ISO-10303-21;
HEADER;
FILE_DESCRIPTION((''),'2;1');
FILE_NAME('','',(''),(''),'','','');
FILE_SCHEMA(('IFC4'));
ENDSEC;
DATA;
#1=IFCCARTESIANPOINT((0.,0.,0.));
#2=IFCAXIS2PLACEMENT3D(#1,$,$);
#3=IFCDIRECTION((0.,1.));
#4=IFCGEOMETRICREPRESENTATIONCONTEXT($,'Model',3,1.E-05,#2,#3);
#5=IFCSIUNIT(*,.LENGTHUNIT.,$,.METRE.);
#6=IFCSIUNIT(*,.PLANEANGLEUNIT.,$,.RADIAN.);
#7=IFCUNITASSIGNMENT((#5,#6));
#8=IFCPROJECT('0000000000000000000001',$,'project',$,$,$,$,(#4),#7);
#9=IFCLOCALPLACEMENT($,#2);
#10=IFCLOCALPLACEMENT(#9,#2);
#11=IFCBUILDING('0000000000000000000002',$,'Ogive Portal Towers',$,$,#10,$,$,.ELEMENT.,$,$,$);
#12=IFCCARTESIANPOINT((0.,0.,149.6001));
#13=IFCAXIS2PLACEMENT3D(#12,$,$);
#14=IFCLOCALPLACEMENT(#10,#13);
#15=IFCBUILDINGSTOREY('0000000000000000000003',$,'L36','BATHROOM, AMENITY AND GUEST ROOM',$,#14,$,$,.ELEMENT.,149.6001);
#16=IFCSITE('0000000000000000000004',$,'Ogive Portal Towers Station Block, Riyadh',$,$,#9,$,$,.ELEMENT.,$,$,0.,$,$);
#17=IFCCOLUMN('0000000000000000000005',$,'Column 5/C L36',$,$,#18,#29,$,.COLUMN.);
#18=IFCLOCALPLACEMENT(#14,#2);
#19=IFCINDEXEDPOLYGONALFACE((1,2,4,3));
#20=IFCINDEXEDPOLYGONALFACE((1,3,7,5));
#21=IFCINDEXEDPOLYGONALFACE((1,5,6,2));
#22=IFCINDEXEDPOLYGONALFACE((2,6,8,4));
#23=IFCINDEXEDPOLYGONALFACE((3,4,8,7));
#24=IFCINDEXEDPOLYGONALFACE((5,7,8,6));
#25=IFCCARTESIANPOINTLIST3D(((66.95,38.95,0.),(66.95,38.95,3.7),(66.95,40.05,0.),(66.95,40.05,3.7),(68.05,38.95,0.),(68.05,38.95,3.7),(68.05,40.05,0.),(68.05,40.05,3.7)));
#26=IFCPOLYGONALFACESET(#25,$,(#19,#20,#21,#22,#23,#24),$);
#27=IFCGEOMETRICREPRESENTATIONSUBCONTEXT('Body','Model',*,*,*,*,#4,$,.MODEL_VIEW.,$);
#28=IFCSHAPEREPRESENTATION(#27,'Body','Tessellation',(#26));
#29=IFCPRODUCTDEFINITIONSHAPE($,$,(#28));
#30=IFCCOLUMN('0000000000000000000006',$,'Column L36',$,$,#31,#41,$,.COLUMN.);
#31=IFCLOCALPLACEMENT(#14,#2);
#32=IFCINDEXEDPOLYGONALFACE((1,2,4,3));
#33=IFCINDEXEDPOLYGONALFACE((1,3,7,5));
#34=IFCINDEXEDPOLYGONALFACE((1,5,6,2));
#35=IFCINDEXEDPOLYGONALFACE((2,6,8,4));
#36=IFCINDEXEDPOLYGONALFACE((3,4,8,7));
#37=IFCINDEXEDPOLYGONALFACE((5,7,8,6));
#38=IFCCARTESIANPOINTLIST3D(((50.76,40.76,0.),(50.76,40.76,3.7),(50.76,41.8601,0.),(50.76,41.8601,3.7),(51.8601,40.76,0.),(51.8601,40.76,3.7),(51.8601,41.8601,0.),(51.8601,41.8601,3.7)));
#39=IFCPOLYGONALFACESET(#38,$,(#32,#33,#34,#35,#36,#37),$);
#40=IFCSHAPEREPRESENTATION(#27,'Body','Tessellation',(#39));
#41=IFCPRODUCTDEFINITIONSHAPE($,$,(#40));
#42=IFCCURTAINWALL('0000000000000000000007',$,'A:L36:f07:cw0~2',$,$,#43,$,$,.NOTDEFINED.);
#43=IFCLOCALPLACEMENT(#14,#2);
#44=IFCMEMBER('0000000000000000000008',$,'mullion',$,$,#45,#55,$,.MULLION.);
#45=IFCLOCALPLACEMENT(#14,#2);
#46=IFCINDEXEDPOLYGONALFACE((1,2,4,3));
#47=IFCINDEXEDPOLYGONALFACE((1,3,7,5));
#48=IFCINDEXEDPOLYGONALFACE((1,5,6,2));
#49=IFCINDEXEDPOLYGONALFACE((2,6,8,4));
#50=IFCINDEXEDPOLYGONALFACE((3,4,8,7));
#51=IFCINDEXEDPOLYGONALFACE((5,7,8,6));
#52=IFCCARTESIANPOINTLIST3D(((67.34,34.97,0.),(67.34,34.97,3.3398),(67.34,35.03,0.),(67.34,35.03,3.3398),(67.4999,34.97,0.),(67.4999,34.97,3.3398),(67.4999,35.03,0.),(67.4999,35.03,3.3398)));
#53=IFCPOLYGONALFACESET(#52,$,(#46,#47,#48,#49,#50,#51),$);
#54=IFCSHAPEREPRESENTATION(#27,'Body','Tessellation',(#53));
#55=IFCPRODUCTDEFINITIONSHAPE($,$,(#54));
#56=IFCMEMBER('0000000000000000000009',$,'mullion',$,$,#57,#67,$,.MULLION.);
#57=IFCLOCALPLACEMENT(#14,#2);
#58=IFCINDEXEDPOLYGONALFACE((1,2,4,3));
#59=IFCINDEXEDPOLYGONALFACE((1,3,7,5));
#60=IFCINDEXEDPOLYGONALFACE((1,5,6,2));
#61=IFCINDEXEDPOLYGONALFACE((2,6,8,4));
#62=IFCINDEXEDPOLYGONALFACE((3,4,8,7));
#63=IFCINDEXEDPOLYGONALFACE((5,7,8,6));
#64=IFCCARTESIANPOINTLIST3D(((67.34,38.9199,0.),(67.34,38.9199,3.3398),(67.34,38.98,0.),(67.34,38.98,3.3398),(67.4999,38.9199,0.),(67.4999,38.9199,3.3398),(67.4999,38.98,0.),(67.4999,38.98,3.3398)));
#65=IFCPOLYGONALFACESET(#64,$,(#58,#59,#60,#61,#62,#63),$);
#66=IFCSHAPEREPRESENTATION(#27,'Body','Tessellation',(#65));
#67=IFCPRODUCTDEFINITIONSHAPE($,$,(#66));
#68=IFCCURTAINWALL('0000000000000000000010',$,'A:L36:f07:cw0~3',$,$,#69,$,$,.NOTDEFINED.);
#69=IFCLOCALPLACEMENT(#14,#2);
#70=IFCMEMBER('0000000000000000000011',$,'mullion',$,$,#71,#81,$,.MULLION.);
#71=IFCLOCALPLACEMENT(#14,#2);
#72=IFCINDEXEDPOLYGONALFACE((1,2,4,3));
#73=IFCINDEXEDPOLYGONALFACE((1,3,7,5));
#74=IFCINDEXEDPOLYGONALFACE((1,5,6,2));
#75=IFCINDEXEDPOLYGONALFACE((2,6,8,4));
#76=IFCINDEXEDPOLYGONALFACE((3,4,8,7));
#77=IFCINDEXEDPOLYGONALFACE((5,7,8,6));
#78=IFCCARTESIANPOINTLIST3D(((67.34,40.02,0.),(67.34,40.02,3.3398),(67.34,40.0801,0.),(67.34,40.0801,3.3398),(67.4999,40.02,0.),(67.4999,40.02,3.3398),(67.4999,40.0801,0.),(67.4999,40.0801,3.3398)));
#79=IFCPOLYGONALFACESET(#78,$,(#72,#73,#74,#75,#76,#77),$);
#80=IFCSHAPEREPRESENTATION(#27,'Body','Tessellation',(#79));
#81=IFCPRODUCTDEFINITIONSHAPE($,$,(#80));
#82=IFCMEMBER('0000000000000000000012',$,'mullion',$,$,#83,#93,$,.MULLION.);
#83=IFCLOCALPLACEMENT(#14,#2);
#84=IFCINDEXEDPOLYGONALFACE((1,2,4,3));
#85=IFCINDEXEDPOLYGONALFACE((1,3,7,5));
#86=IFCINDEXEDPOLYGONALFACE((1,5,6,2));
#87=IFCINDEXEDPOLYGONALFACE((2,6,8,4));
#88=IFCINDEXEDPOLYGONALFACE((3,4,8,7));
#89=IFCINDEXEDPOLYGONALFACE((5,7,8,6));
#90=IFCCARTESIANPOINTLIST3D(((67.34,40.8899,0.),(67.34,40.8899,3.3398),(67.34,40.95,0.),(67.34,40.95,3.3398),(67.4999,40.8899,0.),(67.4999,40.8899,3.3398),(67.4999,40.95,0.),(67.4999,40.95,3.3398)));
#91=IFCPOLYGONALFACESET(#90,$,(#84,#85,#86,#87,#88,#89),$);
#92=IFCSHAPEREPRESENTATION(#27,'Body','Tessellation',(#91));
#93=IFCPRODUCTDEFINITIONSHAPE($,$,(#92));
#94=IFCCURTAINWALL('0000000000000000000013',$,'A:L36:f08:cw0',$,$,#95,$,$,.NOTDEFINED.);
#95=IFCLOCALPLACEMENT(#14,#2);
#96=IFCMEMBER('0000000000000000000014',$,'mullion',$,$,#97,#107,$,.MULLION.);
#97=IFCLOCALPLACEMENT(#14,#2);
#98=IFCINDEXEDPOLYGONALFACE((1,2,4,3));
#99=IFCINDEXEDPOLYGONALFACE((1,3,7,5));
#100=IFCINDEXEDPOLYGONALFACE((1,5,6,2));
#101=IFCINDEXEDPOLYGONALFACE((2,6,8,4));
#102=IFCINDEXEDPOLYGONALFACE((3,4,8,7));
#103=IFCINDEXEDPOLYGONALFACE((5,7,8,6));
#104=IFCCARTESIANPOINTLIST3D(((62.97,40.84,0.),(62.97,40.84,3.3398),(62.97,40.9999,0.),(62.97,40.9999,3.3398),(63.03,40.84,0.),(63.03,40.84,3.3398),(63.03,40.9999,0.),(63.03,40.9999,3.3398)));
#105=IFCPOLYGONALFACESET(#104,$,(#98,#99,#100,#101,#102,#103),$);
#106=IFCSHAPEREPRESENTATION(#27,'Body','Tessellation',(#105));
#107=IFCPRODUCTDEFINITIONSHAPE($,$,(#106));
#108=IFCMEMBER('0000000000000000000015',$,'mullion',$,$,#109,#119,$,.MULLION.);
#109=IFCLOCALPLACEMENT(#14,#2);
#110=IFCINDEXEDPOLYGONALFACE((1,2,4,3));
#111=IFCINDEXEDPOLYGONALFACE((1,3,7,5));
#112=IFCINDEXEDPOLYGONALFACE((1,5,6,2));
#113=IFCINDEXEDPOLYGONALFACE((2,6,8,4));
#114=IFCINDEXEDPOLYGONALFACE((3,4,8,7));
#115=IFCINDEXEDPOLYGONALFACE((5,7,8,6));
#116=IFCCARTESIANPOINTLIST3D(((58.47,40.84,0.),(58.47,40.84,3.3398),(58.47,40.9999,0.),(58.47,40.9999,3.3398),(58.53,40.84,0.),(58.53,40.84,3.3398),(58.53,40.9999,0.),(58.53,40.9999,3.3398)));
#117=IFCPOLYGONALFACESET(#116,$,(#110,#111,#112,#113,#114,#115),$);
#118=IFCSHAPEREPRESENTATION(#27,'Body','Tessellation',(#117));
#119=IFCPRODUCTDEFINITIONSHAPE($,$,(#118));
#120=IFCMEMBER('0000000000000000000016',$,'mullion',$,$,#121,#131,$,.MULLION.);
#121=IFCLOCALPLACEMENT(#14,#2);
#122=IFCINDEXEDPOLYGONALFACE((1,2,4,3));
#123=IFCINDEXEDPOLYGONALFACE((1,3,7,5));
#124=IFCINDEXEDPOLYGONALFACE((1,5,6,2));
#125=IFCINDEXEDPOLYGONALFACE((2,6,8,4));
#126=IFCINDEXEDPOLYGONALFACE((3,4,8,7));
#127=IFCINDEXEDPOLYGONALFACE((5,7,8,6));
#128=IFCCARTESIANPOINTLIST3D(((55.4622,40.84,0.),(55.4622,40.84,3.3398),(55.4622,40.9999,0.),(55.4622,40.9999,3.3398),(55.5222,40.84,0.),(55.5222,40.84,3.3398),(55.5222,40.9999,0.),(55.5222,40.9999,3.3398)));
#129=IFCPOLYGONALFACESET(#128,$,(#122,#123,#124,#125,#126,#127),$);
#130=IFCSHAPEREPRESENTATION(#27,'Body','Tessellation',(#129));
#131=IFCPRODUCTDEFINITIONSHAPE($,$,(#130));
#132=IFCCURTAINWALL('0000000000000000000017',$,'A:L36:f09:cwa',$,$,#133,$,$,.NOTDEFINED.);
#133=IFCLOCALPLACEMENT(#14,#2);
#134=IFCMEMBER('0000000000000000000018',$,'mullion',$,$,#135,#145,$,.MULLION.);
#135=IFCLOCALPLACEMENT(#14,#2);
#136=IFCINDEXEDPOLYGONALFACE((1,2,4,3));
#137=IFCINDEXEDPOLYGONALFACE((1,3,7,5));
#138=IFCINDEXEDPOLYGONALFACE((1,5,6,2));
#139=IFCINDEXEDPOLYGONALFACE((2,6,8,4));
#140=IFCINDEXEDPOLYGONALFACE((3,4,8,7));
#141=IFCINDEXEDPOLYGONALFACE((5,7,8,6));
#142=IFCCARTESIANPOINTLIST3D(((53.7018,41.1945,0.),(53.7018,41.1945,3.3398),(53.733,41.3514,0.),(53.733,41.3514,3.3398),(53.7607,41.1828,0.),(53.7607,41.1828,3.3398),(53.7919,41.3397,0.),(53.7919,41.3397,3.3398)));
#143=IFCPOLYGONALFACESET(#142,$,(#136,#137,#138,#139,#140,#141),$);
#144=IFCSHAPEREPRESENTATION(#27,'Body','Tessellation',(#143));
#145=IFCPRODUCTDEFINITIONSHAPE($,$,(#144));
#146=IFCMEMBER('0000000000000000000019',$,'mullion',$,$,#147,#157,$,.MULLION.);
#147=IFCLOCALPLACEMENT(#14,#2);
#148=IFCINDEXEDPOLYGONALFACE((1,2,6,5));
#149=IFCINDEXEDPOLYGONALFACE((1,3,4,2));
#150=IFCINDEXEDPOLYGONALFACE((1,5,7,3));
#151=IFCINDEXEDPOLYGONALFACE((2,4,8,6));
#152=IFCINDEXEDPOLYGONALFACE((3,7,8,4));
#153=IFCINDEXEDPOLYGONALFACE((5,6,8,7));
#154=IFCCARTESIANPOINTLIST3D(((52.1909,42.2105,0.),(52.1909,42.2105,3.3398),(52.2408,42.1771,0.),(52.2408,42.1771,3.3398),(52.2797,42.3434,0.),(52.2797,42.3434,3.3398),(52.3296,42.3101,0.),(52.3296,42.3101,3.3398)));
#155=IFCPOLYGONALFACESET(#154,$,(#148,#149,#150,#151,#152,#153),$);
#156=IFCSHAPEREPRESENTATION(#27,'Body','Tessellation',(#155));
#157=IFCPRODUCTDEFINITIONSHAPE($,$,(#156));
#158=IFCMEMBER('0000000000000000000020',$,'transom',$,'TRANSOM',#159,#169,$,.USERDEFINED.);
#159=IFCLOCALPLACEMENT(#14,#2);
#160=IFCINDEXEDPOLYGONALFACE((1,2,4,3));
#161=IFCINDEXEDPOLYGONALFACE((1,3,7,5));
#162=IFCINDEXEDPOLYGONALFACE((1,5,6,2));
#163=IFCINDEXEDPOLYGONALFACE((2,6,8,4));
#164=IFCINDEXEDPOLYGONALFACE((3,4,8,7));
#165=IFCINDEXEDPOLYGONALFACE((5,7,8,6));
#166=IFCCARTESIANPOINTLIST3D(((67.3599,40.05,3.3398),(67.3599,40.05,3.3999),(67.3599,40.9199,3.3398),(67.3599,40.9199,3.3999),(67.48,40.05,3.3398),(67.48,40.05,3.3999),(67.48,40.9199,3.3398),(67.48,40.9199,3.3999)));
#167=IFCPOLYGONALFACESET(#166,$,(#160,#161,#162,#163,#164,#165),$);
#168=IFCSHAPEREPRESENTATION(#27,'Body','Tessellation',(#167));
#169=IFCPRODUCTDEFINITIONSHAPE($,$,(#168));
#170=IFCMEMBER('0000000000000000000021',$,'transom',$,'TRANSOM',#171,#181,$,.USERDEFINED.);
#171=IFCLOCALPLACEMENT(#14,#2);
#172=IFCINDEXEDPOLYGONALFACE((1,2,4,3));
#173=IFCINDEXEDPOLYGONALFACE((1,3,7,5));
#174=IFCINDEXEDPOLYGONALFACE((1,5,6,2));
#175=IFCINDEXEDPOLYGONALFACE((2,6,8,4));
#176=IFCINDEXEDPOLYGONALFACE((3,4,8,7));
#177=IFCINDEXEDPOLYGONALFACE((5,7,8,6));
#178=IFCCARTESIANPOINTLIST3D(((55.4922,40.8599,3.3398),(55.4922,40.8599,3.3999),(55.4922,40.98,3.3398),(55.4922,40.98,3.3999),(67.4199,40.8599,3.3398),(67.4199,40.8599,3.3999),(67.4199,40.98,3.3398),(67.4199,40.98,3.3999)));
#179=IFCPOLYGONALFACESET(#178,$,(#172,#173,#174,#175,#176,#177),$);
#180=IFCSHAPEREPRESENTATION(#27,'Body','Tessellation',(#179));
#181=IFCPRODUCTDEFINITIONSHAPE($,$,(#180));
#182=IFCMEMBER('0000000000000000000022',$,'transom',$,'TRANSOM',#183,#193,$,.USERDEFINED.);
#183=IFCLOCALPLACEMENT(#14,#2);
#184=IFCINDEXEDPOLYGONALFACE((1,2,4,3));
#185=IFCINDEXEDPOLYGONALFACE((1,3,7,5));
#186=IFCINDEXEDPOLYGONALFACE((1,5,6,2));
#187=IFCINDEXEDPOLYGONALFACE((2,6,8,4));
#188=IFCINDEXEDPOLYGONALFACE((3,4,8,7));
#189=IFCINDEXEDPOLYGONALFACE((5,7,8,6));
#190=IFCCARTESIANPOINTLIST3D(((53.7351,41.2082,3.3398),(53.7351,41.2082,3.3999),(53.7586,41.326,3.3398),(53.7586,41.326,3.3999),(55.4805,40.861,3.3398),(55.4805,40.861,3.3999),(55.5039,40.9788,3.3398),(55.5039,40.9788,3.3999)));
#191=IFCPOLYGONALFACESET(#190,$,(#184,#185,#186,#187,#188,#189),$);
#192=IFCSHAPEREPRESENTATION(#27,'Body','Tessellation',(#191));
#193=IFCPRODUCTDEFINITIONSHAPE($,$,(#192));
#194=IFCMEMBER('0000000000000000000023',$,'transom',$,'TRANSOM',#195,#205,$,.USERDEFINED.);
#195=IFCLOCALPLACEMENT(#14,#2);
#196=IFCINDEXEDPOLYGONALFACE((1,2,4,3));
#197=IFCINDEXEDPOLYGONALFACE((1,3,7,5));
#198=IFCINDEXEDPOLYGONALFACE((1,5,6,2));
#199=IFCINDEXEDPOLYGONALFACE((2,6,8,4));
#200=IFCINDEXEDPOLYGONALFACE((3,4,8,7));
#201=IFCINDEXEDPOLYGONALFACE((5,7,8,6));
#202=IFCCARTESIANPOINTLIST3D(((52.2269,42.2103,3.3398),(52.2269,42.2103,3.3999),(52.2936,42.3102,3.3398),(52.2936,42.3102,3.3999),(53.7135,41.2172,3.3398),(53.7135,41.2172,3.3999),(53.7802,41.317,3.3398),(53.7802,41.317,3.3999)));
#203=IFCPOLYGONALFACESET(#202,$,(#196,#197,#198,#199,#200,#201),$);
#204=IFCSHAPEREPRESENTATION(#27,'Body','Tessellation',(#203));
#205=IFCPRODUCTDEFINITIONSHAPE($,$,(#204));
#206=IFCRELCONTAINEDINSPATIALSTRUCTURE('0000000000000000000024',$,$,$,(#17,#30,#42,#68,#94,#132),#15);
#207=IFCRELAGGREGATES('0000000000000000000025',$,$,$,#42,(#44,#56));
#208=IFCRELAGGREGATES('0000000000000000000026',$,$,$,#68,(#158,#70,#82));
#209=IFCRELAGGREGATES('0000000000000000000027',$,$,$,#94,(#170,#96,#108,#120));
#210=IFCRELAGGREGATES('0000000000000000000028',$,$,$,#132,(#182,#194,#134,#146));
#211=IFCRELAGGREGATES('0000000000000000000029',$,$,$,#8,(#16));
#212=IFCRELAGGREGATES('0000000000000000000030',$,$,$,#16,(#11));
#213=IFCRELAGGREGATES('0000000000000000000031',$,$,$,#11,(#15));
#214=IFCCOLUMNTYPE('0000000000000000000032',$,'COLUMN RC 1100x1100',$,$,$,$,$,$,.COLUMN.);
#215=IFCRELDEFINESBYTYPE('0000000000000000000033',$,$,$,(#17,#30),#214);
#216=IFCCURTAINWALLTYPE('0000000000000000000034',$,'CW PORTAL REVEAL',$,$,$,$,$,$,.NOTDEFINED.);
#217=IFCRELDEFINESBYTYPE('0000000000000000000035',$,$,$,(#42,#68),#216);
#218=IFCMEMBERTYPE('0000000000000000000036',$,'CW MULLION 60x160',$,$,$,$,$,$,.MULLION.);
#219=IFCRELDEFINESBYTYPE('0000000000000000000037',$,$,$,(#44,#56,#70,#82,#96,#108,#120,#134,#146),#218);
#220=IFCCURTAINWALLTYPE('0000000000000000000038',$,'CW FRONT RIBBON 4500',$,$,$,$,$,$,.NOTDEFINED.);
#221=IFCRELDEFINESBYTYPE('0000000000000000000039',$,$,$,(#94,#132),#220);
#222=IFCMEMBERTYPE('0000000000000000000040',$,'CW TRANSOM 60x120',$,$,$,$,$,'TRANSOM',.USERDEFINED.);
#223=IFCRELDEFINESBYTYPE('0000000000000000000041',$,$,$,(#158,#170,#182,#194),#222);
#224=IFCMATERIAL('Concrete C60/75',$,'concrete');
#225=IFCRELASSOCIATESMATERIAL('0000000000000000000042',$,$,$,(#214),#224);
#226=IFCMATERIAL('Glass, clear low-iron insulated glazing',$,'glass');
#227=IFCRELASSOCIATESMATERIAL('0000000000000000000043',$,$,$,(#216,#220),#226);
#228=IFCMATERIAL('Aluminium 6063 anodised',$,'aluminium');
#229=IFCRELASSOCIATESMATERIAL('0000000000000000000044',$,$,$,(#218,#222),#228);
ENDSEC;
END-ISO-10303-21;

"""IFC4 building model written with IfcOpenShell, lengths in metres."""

from ifc_helpers import new_model, si_unit, direction, frame, origin, origin_2d, place, context, subcontext, project, spatial, rectangle, extrude, material, material_profile, profile_set, type_object, element, aggregate, save


model = new_model("IFC4")

# Units and contexts
model_context = context("Model", 3, precision=1e-05, world=origin(), true_north=direction((0.0, 1.0)))
body_context = subcontext(model_context, "Body", "Model", "MODEL_VIEW")
ifc_project = project(units=[si_unit("LENGTHUNIT", "METRE"), si_unit("PLANEANGLEUNIT", "RADIAN")], contexts=[model_context])

# Site, building, storey
site_placement = place(None, origin())
site = spatial("IfcSite", under=ifc_project, at=site_placement, Name="Ogive Portal Towers Station Block, Riyadh", CompositionType="ELEMENT", RefElevation=0.0)
building_placement = place(site_placement, origin())
building = spatial("IfcBuilding", under=site, at=building_placement, Name="Ogive Portal Towers", CompositionType="ELEMENT")
storey_placement = place(building_placement, frame((0.0, 0.0, 149.6001)))
storey = spatial("IfcBuildingStorey", under=building, at=storey_placement, Name="L36", Description="BATHROOM, AMENITY AND GUEST ROOM", CompositionType="ELEMENT", Elevation=149.6001)

# Columns
ifc_material_1 = material(Name="Concrete C60/75", Category="concrete")
ifc_material_profile_1 = material_profile(ifc_material_1, rectangle(XDim=1.1001, YDim=1.1001, at=origin_2d()), Name="RC 1100x1100")
ifc_profile_set_1 = profile_set([ifc_material_profile_1], Name="Concrete C60/75")
column_type = type_object("IfcColumnType", Name="COLUMN RC 1100x1100", PredefinedType="COLUMN", material=ifc_profile_set_1)
for number, where, z_axis, x_axis, name in (
    (1, (67.5, 39.5, 0.0), (0.0, 0.0, 1.0), (1.0, 0.0, 0.0), "Column 5/C L36"),
    (2, (51.3101, 41.3101, 0.0), (0.0, 0.0, 1.0), (1.0, 0.0, 0.0), "Column L36"),
):
    element("IfcColumn", number, at=place(storey_placement, frame(where, z_axis=z_axis, x_axis=x_axis)), inside=storey, type_object=column_type, Name=name, PredefinedType="COLUMN", context=body_context, shape_type="SweptSolid", body=[
        extrude(rectangle(XDim=1.1001, YDim=1.1001, at=origin_2d()), origin(), (0.0, 0.0, 1.0), 3.7),
    ])

# Curtain walls, members
ifc_material_2 = material(Name="Glass, clear low-iron insulated glazing", Category="glass")
curtain_wall_type_1 = type_object("IfcCurtainWallType", Name="CW PORTAL REVEAL", PredefinedType="NOTDEFINED", material=ifc_material_2)
curtain_wall_1_placement = place(storey_placement, origin())
curtain_wall_1 = element("IfcCurtainWall", 3, at=curtain_wall_1_placement, inside=storey, type_object=curtain_wall_type_1, Name="A:L36:f07:cw0~2", PredefinedType="NOTDEFINED")
ifc_material_3 = material(Name="Aluminium 6063 anodised", Category="aluminium")
ifc_material_profile_2 = material_profile(ifc_material_3, rectangle(XDim=0.1599, YDim=0.0601, at=origin_2d()), Name="AL 60x160")
ifc_profile_set_2 = profile_set([ifc_material_profile_2], Name="Aluminium 6063 anodised")
member_type_1 = type_object("IfcMemberType", Name="CW MULLION 60x160", PredefinedType="MULLION", material=ifc_profile_set_2)
member_1_placement = place(storey_placement, frame((67.4199, 35.0, 0.0), z_axis=(0.0, 0.0, 1.0), x_axis=(-1.0, 0.0, 0.0)))
member_1 = element("IfcMember", 4, at=member_1_placement, type_object=member_type_1, Name="mullion", PredefinedType="MULLION", context=body_context, shape_type="SweptSolid", body=[
    extrude(rectangle(XDim=0.1599, YDim=0.0601, at=origin_2d()), origin(), (0.0, 0.0, 1.0), 3.3398),
])
member_2_placement = place(storey_placement, frame((67.4199, 38.95, 0.0), z_axis=(0.0, 0.0, 1.0), x_axis=(-1.0, 0.0, 0.0)))
member_2 = element("IfcMember", 5, at=member_2_placement, type_object=member_type_1, Name="mullion", PredefinedType="MULLION", context=body_context, shape_type="SweptSolid", body=[
    extrude(rectangle(XDim=0.1599, YDim=0.0601, at=origin_2d()), origin(), (0.0, 0.0, 1.0), 3.3398),
])
curtain_wall_2_placement = place(storey_placement, origin())
curtain_wall_2 = element("IfcCurtainWall", 6, at=curtain_wall_2_placement, inside=storey, type_object=curtain_wall_type_1, Name="A:L36:f07:cw0~3", PredefinedType="NOTDEFINED")
member_3_placement = place(storey_placement, frame((67.4199, 40.05, 0.0), z_axis=(0.0, 0.0, 1.0), x_axis=(-1.0, 0.0, 0.0)))
member_3 = element("IfcMember", 7, at=member_3_placement, type_object=member_type_1, Name="mullion", PredefinedType="MULLION", context=body_context, shape_type="SweptSolid", body=[
    extrude(rectangle(XDim=0.1599, YDim=0.0601, at=origin_2d()), origin(), (0.0, 0.0, 1.0), 3.3398),
])
member_4_placement = place(storey_placement, frame((67.4199, 40.9199, 0.0), z_axis=(0.0, 0.0, 1.0), x_axis=(-1.0, 0.0, 0.0)))
member_4 = element("IfcMember", 8, at=member_4_placement, type_object=member_type_1, Name="mullion", PredefinedType="MULLION", context=body_context, shape_type="SweptSolid", body=[
    extrude(rectangle(XDim=0.1599, YDim=0.0601, at=origin_2d()), origin(), (0.0, 0.0, 1.0), 3.3398),
])
curtain_wall_type_2 = type_object("IfcCurtainWallType", Name="CW FRONT RIBBON 4500", PredefinedType="NOTDEFINED", material=ifc_material_2)
curtain_wall_3_placement = place(storey_placement, origin())
curtain_wall_3 = element("IfcCurtainWall", 9, at=curtain_wall_3_placement, inside=storey, type_object=curtain_wall_type_2, Name="A:L36:f08:cw0", PredefinedType="NOTDEFINED")
member_5_placement = place(storey_placement, frame((63.0, 40.9199, 0.0), z_axis=(0.0, 0.0, 1.0), x_axis=(0.0, -1.0, 0.0)))
member_5 = element("IfcMember", 10, at=member_5_placement, type_object=member_type_1, Name="mullion", PredefinedType="MULLION", context=body_context, shape_type="SweptSolid", body=[
    extrude(rectangle(XDim=0.1599, YDim=0.0601, at=origin_2d()), origin(), (0.0, 0.0, 1.0), 3.3398),
])
member_6_placement = place(storey_placement, frame((58.5, 40.9199, 0.0), z_axis=(0.0, 0.0, 1.0), x_axis=(0.0, -1.0, 0.0)))
member_6 = element("IfcMember", 11, at=member_6_placement, type_object=member_type_1, Name="mullion", PredefinedType="MULLION", context=body_context, shape_type="SweptSolid", body=[
    extrude(rectangle(XDim=0.1599, YDim=0.0601, at=origin_2d()), origin(), (0.0, 0.0, 1.0), 3.3398),
])
member_7_placement = place(storey_placement, frame((55.4922, 40.9199, 0.0), z_axis=(0.0, 0.0, 1.0), x_axis=(0.0, -1.0, 0.0)))
member_7 = element("IfcMember", 12, at=member_7_placement, type_object=member_type_1, Name="mullion", PredefinedType="MULLION", context=body_context, shape_type="SweptSolid", body=[
    extrude(rectangle(XDim=0.1599, YDim=0.0601, at=origin_2d()), origin(), (0.0, 0.0, 1.0), 3.3398),
])
curtain_wall_4_placement = place(storey_placement, origin())
curtain_wall_4 = element("IfcCurtainWall", 13, at=curtain_wall_4_placement, inside=storey, type_object=curtain_wall_type_2, Name="A:L36:f09:cwa", PredefinedType="NOTDEFINED")
member_8_placement = place(storey_placement, frame((53.7468, 41.2671, 0.0), z_axis=(0.0, 0.0, 1.0), x_axis=(-0.19509, -0.980785, 0.0)))
member_8 = element("IfcMember", 14, at=member_8_placement, type_object=member_type_1, Name="mullion", PredefinedType="MULLION", context=body_context, shape_type="SweptSolid", body=[
    extrude(rectangle(XDim=0.1599, YDim=0.0601, at=origin_2d()), origin(), (0.0, 0.0, 1.0), 3.3398),
])
member_9_placement = place(storey_placement, frame((52.2603, 42.2603, 0.0), z_axis=(0.0, 0.0, 1.0), x_axis=(-0.55557, -0.83147, 0.0)))
member_9 = element("IfcMember", 15, at=member_9_placement, type_object=member_type_1, Name="mullion", PredefinedType="MULLION", context=body_context, shape_type="SweptSolid", body=[
    extrude(rectangle(XDim=0.1599, YDim=0.0601, at=origin_2d()), origin(), (0.0, 0.0, 1.0), 3.3398),
])

# Members
ifc_material_profile_3 = material_profile(ifc_material_3, rectangle(XDim=0.1201, YDim=0.0601, at=origin_2d()), Name="AL 120x60")
ifc_profile_set_3 = profile_set([ifc_material_profile_3], Name="Aluminium 6063 anodised")
member_type_2 = type_object("IfcMemberType", Name="CW TRANSOM 60x120", ElementType="TRANSOM", PredefinedType="USERDEFINED", material=ifc_profile_set_3)
member_10_placement = place(storey_placement, frame((67.4199, 40.05, 3.3699), z_axis=(0.0, 1.0, 0.0), x_axis=(-1.0, 0.0, 0.0)))
member_10 = element("IfcMember", 16, at=member_10_placement, type_object=member_type_2, Name="transom", ObjectType="TRANSOM", PredefinedType="USERDEFINED", context=body_context, shape_type="SweptSolid", body=[
    extrude(rectangle(XDim=0.1201, YDim=0.0601, at=origin_2d()), origin(), (0.0, 0.0, 1.0), 0.8699),
])
member_11_placement = place(storey_placement, frame((67.4199, 40.9199, 3.3699), z_axis=(-1.0, 0.0, 0.0), x_axis=(0.0, -1.0, 0.0)))
member_11 = element("IfcMember", 17, at=member_11_placement, type_object=member_type_2, Name="transom", ObjectType="TRANSOM", PredefinedType="USERDEFINED", context=body_context, shape_type="SweptSolid", body=[
    extrude(rectangle(XDim=0.1201, YDim=0.0601, at=origin_2d()), origin(), (0.0, 0.0, 1.0), 11.9277),
])
member_12_placement = place(storey_placement, frame((55.4922, 40.9199, 3.3699), z_axis=(-0.980786, 0.195087, 0.0), x_axis=(-0.195087, -0.980786, 0.0)))
member_12 = element("IfcMember", 18, at=member_12_placement, type_object=member_type_2, Name="transom", ObjectType="TRANSOM", PredefinedType="USERDEFINED", context=body_context, shape_type="SweptSolid", body=[
    extrude(rectangle(XDim=0.1201, YDim=0.0601, at=origin_2d()), origin(), (0.0, 0.0, 1.0), 1.7795),
])
member_13_placement = place(storey_placement, frame((53.7468, 41.2671, 3.3699), z_axis=(-0.831504, 0.555519, 0.0), x_axis=(-0.555519, -0.831504, 0.0)))
member_13 = element("IfcMember", 19, at=member_13_placement, type_object=member_type_2, Name="transom", ObjectType="TRANSOM", PredefinedType="USERDEFINED", context=body_context, shape_type="SweptSolid", body=[
    extrude(rectangle(XDim=0.1201, YDim=0.0601, at=origin_2d()), origin(), (0.0, 0.0, 1.0), 1.7878),
])

aggregate(curtain_wall_1, [member_1, member_2])
aggregate(curtain_wall_2, [member_10, member_3, member_4])
aggregate(curtain_wall_3, [member_11, member_5, member_6, member_7])
aggregate(curtain_wall_4, [member_12, member_13, member_8, member_9])

save(model, "model.ifc")
